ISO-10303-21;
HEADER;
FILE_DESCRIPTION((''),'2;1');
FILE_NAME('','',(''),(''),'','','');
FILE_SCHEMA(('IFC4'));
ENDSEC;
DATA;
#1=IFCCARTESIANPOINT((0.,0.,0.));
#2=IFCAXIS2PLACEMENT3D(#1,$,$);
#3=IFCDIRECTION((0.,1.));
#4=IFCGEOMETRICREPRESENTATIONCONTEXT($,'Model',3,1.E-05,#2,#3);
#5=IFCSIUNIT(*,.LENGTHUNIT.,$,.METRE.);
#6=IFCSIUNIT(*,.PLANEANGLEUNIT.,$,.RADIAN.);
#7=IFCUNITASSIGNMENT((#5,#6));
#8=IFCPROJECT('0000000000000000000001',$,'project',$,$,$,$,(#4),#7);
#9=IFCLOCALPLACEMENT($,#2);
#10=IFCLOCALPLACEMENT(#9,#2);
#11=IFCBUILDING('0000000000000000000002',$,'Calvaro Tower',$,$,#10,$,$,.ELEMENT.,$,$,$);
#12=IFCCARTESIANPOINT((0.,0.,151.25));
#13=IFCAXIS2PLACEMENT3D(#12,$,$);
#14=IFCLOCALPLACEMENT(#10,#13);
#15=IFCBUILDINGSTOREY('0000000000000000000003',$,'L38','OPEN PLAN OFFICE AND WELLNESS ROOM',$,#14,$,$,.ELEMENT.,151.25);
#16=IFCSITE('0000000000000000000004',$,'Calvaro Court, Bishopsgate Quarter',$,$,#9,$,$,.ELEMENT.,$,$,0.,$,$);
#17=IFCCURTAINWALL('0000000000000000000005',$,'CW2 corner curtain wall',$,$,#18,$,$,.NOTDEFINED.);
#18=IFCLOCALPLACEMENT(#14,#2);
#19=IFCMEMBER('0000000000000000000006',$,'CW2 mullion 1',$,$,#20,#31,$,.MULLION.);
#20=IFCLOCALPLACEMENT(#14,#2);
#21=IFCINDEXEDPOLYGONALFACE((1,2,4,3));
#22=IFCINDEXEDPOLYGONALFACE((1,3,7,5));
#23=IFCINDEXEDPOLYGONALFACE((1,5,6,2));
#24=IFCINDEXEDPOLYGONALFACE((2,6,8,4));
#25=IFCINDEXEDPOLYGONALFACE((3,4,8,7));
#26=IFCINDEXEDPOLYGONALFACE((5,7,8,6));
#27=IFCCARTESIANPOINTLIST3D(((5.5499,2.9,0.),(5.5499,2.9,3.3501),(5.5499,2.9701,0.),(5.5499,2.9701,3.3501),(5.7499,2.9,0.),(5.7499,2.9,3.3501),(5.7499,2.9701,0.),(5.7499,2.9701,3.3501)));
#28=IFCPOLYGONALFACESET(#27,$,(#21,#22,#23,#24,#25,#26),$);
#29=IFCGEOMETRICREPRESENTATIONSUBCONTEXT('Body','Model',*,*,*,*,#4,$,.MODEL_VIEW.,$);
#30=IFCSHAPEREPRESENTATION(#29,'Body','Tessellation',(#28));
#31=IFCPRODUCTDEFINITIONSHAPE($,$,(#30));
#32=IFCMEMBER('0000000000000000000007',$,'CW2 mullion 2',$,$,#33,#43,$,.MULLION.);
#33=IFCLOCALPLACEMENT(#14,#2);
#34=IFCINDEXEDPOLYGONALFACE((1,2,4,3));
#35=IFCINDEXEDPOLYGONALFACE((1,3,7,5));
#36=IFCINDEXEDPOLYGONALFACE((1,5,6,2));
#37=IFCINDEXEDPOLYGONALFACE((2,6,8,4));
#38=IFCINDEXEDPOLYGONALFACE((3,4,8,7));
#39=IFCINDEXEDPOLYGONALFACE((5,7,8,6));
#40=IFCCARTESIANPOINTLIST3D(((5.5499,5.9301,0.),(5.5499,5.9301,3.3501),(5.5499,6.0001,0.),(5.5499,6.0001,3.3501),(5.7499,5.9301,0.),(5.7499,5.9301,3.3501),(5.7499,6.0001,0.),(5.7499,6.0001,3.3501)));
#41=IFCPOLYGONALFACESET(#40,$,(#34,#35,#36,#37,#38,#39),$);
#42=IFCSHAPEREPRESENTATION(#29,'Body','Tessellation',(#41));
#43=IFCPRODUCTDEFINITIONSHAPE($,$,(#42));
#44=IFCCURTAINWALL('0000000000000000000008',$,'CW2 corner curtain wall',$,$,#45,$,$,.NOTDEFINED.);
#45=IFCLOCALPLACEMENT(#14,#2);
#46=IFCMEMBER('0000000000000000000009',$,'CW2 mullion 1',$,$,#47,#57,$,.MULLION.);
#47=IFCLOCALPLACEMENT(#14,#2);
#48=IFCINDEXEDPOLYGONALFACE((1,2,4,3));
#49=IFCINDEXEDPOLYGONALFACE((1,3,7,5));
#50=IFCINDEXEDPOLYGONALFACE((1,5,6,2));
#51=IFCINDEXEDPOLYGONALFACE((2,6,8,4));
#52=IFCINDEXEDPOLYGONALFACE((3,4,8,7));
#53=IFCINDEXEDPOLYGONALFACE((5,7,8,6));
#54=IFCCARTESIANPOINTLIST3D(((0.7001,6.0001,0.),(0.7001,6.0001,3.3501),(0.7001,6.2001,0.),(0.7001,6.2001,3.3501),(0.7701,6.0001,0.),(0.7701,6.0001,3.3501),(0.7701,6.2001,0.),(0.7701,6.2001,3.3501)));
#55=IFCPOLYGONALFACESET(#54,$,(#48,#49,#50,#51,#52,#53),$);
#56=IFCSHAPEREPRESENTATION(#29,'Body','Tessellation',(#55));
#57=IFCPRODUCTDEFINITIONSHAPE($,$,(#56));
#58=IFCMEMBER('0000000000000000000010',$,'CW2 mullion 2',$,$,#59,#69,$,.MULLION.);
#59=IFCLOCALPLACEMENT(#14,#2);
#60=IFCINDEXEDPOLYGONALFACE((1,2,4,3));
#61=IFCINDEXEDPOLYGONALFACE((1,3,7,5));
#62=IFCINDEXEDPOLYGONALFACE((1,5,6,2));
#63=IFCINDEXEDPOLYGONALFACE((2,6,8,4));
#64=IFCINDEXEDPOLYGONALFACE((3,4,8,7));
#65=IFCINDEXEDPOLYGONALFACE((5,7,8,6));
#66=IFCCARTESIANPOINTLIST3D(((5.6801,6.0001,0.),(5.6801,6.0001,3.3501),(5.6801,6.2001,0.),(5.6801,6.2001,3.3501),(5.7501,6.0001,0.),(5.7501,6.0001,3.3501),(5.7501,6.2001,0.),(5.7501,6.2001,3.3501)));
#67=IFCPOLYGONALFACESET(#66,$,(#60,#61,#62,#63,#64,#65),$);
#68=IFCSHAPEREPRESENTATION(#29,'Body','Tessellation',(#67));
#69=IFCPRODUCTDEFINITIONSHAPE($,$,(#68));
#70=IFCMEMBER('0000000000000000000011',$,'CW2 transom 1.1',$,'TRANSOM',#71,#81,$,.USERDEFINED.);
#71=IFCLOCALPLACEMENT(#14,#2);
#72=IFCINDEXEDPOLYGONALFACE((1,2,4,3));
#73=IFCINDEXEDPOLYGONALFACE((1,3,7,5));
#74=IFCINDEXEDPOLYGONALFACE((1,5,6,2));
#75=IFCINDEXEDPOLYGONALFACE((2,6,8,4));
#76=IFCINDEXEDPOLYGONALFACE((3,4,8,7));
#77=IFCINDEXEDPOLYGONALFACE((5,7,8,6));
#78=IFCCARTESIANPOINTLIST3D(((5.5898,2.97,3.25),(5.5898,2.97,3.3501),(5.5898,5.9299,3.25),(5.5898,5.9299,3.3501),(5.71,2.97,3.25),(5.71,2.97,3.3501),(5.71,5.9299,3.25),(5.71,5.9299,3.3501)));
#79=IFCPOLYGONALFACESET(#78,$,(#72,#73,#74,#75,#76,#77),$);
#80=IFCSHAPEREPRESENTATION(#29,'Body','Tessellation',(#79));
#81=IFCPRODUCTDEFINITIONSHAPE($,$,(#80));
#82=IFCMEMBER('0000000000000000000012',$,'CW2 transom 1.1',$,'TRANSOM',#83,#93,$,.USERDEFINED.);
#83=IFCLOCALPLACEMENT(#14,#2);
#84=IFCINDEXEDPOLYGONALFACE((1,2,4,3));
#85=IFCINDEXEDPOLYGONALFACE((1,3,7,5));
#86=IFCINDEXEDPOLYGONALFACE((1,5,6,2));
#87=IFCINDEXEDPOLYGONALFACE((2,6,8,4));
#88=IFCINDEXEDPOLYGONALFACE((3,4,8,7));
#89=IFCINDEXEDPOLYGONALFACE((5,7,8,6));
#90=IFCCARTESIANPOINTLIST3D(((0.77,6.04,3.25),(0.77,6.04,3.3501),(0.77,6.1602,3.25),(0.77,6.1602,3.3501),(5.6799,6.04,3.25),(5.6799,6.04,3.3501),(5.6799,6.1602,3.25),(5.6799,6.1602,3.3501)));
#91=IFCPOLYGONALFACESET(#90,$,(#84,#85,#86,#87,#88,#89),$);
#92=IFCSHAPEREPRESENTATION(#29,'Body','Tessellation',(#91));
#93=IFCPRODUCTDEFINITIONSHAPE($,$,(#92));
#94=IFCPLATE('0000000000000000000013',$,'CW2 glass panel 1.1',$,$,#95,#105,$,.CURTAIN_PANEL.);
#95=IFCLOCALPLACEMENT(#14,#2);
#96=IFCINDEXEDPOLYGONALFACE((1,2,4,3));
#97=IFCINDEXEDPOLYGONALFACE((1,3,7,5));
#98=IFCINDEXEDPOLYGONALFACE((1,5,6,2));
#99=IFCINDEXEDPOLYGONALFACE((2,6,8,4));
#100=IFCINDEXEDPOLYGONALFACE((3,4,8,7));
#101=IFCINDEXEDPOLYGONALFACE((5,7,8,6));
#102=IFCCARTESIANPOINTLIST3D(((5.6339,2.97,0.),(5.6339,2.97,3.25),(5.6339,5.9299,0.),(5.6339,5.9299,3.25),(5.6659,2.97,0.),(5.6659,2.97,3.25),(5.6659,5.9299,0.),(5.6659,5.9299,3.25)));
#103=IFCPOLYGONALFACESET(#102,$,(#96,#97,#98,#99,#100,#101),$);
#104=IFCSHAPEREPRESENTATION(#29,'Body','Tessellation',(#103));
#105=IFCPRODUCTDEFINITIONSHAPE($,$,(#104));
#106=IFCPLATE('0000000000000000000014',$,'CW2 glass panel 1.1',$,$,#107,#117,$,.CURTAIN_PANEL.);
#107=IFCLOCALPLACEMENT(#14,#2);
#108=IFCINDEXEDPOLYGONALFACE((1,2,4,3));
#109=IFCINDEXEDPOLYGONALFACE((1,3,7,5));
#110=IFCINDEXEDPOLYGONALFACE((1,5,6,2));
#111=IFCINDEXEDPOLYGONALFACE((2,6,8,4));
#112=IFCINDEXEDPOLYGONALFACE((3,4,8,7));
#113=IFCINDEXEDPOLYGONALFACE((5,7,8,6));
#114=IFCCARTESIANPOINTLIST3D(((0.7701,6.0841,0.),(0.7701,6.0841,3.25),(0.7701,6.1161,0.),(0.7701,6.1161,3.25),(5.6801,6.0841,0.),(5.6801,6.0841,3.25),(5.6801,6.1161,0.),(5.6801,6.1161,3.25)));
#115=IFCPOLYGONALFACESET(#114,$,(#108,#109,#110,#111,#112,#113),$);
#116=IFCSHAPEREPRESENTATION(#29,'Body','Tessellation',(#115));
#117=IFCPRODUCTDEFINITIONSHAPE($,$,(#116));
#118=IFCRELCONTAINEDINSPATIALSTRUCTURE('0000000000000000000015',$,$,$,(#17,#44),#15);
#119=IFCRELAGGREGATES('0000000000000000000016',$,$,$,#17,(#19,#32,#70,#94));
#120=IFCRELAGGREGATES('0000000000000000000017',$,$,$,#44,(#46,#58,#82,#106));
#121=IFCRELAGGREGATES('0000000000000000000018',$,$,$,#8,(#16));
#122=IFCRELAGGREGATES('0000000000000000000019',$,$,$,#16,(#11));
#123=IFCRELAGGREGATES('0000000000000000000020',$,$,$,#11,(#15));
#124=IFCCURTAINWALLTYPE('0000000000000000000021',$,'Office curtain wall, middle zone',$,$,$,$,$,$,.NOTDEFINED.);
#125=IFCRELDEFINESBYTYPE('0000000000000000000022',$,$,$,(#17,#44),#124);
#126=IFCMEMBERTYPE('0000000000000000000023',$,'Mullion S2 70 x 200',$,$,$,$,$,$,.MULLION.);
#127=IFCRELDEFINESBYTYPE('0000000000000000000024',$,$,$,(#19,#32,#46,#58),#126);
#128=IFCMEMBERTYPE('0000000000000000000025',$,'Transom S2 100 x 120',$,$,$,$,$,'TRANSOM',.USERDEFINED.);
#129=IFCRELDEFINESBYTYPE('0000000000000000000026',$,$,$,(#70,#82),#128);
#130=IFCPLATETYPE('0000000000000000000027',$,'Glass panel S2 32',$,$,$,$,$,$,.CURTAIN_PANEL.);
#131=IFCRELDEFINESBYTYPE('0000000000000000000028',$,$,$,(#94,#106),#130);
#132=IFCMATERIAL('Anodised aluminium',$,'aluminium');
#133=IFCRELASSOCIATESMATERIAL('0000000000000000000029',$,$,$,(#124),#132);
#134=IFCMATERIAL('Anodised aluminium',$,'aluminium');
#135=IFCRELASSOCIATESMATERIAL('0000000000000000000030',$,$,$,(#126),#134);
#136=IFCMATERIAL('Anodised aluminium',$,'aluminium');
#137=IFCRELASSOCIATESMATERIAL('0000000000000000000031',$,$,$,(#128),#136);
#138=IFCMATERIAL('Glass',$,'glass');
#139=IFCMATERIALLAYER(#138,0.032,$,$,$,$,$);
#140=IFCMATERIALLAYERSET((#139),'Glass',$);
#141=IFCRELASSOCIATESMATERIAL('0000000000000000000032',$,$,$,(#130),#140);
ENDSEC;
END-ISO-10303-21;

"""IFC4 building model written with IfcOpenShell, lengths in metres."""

from ifc_helpers import new_model, si_unit, direction, frame, origin, origin_2d, place, context, subcontext, project, spatial, rectangle, extrude, material, layer, layer_set, material_profile, profile_set, type_object, element, aggregate, save


model = new_model("IFC4")

# Units and contexts
model_context = context("Model", 3, precision=1e-05, world=origin(), true_north=direction((0.0, 1.0)))
body_context = subcontext(model_context, "Body", "Model", "MODEL_VIEW")
ifc_project = project(units=[si_unit("LENGTHUNIT", "METRE"), si_unit("PLANEANGLEUNIT", "RADIAN")], contexts=[model_context])

# Site, building, storey
site_placement = place(None, origin())
site = spatial("IfcSite", under=ifc_project, at=site_placement, Name="Calvaro Court, Bishopsgate Quarter", CompositionType="ELEMENT", RefElevation=0.0)
building_placement = place(site_placement, origin())
building = spatial("IfcBuilding", under=site, at=building_placement, Name="Calvaro Tower", CompositionType="ELEMENT")
storey_placement = place(building_placement, frame((0.0, 0.0, 151.25)))
storey = spatial("IfcBuildingStorey", under=building, at=storey_placement, Name="L38", Description="OPEN PLAN OFFICE AND WELLNESS ROOM", CompositionType="ELEMENT", Elevation=151.25)

# Curtain walls, members
ifc_material_1 = material(Name="Anodised aluminium", Category="aluminium")
curtain_wall_type = type_object("IfcCurtainWallType", Name="Office curtain wall, middle zone", PredefinedType="NOTDEFINED", material=ifc_material_1)
curtain_wall_1_placement = place(storey_placement, origin())
curtain_wall_1 = element("IfcCurtainWall", 1, at=curtain_wall_1_placement, inside=storey, type_object=curtain_wall_type, Name="CW2 corner curtain wall", PredefinedType="NOTDEFINED")
ifc_material_2 = material(Name="Anodised aluminium", Category="aluminium")
ifc_material_profile_1 = material_profile(ifc_material_2, rectangle(XDim=0.2, YDim=0.0701, at=origin_2d()), Name="Mullion S2 70 x 200")
ifc_profile_set_1 = profile_set([ifc_material_profile_1], Name="Anodised aluminium")
member_type_1 = type_object("IfcMemberType", Name="Mullion S2 70 x 200", PredefinedType="MULLION", material=ifc_profile_set_1)
member_1_placement = place(storey_placement, frame((5.6499, 2.9351, 0.0), z_axis=(0.0, 0.0, 1.0), x_axis=(-1.0, 0.0, 0.0)))
member_1 = element("IfcMember", 2, at=member_1_placement, type_object=member_type_1, Name="CW2 mullion 1", PredefinedType="MULLION", context=body_context, shape_type="SweptSolid", body=[
    extrude(rectangle(XDim=0.2, YDim=0.0701, at=origin_2d()), origin(), (0.0, 0.0, 1.0), 3.3501),
])
member_2_placement = place(storey_placement, frame((5.6499, 5.9651, 0.0), z_axis=(0.0, 0.0, 1.0), x_axis=(-1.0, 0.0, 0.0)))
member_2 = element("IfcMember", 3, at=member_2_placement, type_object=member_type_1, Name="CW2 mullion 2", PredefinedType="MULLION", context=body_context, shape_type="SweptSolid", body=[
    extrude(rectangle(XDim=0.2, YDim=0.0701, at=origin_2d()), origin(), (0.0, 0.0, 1.0), 3.3501),
])
curtain_wall_2_placement = place(storey_placement, origin())
curtain_wall_2 = element("IfcCurtainWall", 4, at=curtain_wall_2_placement, inside=storey, type_object=curtain_wall_type, Name="CW2 corner curtain wall", PredefinedType="NOTDEFINED")
member_3_placement = place(storey_placement, frame((0.7351, 6.1001, 0.0), z_axis=(0.0, 0.0, 1.0), x_axis=(0.0, 1.0, 0.0)))
member_3 = element("IfcMember", 5, at=member_3_placement, type_object=member_type_1, Name="CW2 mullion 1", PredefinedType="MULLION", context=body_context, shape_type="SweptSolid", body=[
    extrude(rectangle(XDim=0.2, YDim=0.0701, at=origin_2d()), origin(), (0.0, 0.0, 1.0), 3.3501),
])
member_4_placement = place(storey_placement, frame((5.7151, 6.1001, 0.0), z_axis=(0.0, 0.0, 1.0), x_axis=(0.0, 1.0, 0.0)))
member_4 = element("IfcMember", 6, at=member_4_placement, type_object=member_type_1, Name="CW2 mullion 2", PredefinedType="MULLION", context=body_context, shape_type="SweptSolid", body=[
    extrude(rectangle(XDim=0.2, YDim=0.0701, at=origin_2d()), origin(), (0.0, 0.0, 1.0), 3.3501),
])

# Members
ifc_material_3 = material(Name="Anodised aluminium", Category="aluminium")
ifc_material_profile_2 = material_profile(ifc_material_3, rectangle(XDim=0.1201, YDim=0.1001, at=origin_2d()), Name="Transom S2 100 x 120")
ifc_profile_set_2 = profile_set([ifc_material_profile_2], Name="Anodised aluminium")
member_type_2 = type_object("IfcMemberType", Name="Transom S2 100 x 120", ElementType="TRANSOM", PredefinedType="USERDEFINED", material=ifc_profile_set_2)
member_5_placement = place(storey_placement, frame((5.6499, 2.97, 3.3), z_axis=(0.0, 1.0, 0.0), x_axis=(-1.0, 0.0, 0.0)))
member_5 = element("IfcMember", 7, at=member_5_placement, type_object=member_type_2, Name="CW2 transom 1.1", ObjectType="TRANSOM", PredefinedType="USERDEFINED", context=body_context, shape_type="SweptSolid", body=[
    extrude(rectangle(XDim=0.1201, YDim=0.1001, at=origin_2d()), origin(), (0.0, 0.0, 1.0), 2.96),
])
member_6_placement = place(storey_placement, frame((0.77, 6.1001, 3.3), z_axis=(1.0, 0.0, 0.0), x_axis=(0.0, 1.0, 0.0)))
member_6 = element("IfcMember", 8, at=member_6_placement, type_object=member_type_2, Name="CW2 transom 1.1", ObjectType="TRANSOM", PredefinedType="USERDEFINED", context=body_context, shape_type="SweptSolid", body=[
    extrude(rectangle(XDim=0.1201, YDim=0.1001, at=origin_2d()), origin(), (0.0, 0.0, 1.0), 4.9099),
])

# Plates
ifc_material_4 = material(Name="Glass", Category="glass")
ifc_layer_1 = layer(ifc_material_4, 0.032)
ifc_layer_set_1 = layer_set([ifc_layer_1], Name="Glass")
plate_type = type_object("IfcPlateType", Name="Glass panel S2 32", PredefinedType="CURTAIN_PANEL", material=ifc_layer_set_1)
plate_1_placement = place(storey_placement, frame((5.6499, 4.45, 0.0), z_axis=(0.0, 0.0, 1.0), x_axis=(0.0, 1.0, 0.0)))
plate_1 = element("IfcPlate", 9, at=plate_1_placement, type_object=plate_type, Name="CW2 glass panel 1.1", PredefinedType="CURTAIN_PANEL", context=body_context, shape_type="SweptSolid", body=[
    extrude(rectangle(XDim=2.96, YDim=0.032, at=origin_2d()), origin(), (0.0, 0.0, 1.0), 3.25),
])
aggregate(curtain_wall_1, [member_1, member_2, member_5, plate_1])
plate_2_placement = place(storey_placement, frame((3.2251, 6.1001, 0.0), z_axis=(0.0, 0.0, 1.0), x_axis=(1.0, 0.0, 0.0)))
plate_2 = element("IfcPlate", 10, at=plate_2_placement, type_object=plate_type, Name="CW2 glass panel 1.1", PredefinedType="CURTAIN_PANEL", context=body_context, shape_type="SweptSolid", body=[
    extrude(rectangle(XDim=4.9099, YDim=0.032, at=origin_2d()), origin(), (0.0, 0.0, 1.0), 3.25),
])
aggregate(curtain_wall_2, [member_3, member_4, member_6, plate_2])

save(model, "model.ifc")
